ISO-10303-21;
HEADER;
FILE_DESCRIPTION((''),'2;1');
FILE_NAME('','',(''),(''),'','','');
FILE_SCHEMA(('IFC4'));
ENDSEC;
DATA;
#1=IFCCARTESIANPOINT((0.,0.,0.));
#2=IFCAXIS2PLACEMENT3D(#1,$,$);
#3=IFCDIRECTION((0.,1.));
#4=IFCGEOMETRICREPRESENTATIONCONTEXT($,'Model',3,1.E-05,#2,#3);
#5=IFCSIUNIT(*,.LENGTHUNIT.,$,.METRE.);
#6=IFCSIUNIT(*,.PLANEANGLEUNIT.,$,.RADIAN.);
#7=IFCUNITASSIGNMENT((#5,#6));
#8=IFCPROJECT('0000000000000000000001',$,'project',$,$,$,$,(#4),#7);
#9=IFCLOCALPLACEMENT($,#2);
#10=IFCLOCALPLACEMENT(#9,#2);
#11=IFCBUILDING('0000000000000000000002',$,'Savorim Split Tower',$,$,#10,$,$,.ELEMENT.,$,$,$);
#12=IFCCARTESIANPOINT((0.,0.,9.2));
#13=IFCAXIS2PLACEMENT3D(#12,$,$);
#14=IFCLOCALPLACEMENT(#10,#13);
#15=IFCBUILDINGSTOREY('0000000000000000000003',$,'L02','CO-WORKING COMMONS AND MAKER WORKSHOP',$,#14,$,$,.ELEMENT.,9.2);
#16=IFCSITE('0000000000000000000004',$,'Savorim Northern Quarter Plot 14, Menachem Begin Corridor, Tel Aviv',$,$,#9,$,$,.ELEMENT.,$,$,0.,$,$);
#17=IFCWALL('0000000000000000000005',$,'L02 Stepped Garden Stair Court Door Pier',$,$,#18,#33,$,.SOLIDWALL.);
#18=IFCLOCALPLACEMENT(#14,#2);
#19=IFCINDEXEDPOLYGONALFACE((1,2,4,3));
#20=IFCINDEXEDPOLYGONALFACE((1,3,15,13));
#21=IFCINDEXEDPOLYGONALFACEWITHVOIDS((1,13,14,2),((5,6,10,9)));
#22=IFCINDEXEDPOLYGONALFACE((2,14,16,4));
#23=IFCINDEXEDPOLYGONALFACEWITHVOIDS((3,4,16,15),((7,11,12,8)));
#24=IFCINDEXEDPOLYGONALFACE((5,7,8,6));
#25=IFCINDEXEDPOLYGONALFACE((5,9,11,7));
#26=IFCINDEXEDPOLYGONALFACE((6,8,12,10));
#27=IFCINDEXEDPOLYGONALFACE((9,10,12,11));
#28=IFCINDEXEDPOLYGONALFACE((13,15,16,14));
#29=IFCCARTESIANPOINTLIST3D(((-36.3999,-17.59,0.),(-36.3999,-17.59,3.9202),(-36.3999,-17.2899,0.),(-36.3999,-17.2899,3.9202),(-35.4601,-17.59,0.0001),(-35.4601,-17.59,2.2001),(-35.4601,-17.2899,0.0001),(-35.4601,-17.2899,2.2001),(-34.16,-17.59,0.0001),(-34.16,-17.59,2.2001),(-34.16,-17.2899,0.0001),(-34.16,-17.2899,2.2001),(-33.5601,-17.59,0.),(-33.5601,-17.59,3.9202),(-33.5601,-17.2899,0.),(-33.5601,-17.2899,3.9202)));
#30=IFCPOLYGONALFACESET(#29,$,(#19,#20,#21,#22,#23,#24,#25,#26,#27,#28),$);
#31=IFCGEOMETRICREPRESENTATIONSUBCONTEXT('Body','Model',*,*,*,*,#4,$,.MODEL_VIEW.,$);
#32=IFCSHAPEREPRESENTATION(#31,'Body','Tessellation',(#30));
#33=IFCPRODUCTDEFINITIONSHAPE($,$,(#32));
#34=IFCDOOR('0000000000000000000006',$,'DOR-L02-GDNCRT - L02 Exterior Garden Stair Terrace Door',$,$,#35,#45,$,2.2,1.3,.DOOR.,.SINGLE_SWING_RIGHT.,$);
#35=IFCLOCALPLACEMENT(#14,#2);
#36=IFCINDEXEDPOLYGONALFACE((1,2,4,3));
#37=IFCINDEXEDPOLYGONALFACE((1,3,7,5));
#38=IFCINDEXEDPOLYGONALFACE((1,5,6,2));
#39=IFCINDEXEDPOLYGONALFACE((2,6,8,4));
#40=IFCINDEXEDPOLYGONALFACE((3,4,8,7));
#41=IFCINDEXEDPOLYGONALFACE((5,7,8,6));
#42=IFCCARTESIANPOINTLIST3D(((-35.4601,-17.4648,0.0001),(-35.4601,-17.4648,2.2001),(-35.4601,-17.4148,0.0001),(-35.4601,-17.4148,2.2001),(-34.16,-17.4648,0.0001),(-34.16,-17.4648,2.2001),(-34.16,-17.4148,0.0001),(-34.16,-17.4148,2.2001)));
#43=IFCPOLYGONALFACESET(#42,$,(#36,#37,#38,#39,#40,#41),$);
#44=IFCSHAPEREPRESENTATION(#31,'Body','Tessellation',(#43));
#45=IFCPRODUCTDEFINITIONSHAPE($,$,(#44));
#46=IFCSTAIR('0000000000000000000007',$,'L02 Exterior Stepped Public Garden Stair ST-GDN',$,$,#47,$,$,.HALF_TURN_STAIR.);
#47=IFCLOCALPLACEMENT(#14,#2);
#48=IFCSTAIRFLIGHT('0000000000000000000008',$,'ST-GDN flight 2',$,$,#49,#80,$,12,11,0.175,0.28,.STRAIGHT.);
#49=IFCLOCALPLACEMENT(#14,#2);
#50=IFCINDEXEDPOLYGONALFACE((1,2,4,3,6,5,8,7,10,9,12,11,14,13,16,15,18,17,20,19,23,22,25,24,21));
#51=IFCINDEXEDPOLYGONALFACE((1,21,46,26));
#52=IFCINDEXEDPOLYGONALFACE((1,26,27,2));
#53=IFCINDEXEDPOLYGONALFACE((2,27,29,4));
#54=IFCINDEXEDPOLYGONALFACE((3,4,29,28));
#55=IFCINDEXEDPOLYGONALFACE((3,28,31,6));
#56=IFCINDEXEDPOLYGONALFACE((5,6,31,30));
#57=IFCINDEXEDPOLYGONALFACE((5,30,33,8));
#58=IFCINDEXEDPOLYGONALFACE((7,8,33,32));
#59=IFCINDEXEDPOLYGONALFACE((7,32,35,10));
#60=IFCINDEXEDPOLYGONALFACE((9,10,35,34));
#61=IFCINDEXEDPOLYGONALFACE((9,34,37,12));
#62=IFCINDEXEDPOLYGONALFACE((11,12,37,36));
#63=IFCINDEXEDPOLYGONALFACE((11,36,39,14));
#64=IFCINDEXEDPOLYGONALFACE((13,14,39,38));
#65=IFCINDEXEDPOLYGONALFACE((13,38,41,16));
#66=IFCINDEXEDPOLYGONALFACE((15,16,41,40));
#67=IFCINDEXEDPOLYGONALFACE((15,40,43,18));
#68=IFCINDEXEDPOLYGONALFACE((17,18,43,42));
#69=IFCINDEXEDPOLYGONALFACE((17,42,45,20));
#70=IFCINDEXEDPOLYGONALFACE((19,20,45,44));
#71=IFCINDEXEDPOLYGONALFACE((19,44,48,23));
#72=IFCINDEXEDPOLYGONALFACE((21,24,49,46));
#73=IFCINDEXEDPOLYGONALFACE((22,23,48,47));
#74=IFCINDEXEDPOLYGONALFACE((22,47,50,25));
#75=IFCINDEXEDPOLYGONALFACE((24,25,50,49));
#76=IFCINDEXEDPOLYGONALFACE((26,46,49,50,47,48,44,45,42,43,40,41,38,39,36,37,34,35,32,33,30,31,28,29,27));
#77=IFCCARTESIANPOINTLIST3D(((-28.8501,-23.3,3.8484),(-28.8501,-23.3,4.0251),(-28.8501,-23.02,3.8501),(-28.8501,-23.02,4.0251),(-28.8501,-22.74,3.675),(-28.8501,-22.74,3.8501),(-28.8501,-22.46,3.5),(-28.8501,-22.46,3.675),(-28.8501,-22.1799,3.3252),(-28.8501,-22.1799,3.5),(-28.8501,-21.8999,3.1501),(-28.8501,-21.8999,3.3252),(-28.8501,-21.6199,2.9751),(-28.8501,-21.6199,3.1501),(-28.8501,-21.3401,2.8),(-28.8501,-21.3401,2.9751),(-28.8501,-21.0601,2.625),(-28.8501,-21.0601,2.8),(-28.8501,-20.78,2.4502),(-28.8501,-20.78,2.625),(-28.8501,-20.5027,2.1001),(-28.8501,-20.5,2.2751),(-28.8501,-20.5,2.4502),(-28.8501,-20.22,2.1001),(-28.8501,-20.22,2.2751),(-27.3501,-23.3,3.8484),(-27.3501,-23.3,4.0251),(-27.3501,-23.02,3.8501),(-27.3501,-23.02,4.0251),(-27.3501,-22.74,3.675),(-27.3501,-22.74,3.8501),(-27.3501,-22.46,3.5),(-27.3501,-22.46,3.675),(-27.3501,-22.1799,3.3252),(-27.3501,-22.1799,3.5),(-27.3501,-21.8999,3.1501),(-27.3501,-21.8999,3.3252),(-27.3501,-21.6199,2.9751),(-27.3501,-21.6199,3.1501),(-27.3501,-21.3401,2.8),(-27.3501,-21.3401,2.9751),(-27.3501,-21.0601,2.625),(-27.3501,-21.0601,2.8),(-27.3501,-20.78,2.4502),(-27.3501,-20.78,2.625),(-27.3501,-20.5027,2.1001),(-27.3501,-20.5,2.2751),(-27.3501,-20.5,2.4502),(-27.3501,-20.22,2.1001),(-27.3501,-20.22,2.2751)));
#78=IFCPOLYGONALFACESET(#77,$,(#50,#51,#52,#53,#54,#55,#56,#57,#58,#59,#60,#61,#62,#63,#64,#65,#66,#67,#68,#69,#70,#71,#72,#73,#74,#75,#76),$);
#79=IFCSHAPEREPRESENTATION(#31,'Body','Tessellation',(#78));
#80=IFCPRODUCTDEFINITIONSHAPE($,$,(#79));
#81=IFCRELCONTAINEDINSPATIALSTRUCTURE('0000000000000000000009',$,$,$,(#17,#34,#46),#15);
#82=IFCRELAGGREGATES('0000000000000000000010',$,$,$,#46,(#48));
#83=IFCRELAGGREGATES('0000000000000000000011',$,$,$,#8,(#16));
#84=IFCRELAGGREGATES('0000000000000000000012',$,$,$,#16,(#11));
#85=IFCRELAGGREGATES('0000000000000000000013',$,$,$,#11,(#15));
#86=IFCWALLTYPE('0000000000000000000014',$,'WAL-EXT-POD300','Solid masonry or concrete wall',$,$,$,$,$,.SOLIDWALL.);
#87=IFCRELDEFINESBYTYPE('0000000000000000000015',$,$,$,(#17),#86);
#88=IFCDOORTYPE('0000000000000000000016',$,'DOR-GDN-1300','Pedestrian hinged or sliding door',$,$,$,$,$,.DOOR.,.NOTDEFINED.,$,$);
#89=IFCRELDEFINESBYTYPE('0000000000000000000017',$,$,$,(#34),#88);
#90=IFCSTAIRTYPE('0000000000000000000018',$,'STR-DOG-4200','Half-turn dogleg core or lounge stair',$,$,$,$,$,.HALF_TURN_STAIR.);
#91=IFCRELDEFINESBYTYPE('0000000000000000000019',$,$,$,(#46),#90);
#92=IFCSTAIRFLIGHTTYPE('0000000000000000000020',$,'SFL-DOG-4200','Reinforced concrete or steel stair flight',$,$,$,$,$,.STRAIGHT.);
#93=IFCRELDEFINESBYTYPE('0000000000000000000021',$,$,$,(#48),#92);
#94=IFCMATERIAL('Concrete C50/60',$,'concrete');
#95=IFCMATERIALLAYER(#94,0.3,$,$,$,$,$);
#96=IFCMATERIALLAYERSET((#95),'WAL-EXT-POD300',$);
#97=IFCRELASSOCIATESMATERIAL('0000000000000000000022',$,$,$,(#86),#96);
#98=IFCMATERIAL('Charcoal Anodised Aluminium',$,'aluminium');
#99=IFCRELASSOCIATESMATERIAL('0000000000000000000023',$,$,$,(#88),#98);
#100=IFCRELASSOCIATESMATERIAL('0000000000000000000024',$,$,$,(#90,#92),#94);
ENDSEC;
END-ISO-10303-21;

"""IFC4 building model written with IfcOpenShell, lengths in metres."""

from ifc_helpers import new_model, si_unit, direction, frame, frame_2d, origin, place, context, subcontext, project, spatial, polyline, rectangle, outline, extrude, material, layer, layer_set, type_object, element, fill, aggregate, save


model = new_model("IFC4")

# Units and contexts
model_context = context("Model", 3, precision=1e-05, world=origin(), true_north=direction((0.0, 1.0)))
body_context = subcontext(model_context, "Body", "Model", "MODEL_VIEW")
ifc_project = project(units=[si_unit("LENGTHUNIT", "METRE"), si_unit("PLANEANGLEUNIT", "RADIAN")], contexts=[model_context])

# Site, building, storey
site_placement = place(None, origin())
site = spatial("IfcSite", under=ifc_project, at=site_placement, Name="Savorim Northern Quarter Plot 14, Menachem Begin Corridor, Tel Aviv", CompositionType="ELEMENT", RefElevation=0.0)
building_placement = place(site_placement, origin())
building = spatial("IfcBuilding", under=site, at=building_placement, Name="Savorim Split Tower", CompositionType="ELEMENT")
storey_placement = place(building_placement, frame((0.0, 0.0, 9.2)))
storey = spatial("IfcBuildingStorey", under=building, at=storey_placement, Name="L02", Description="CO-WORKING COMMONS AND MAKER WORKSHOP", CompositionType="ELEMENT", Elevation=9.2)

# Shared definitions
ifc_material_1 = material(Name="Charcoal Anodised Aluminium", Category="aluminium")

# Wall, opening, door
ifc_material_2 = material(Name="Concrete C50/60", Category="concrete")
ifc_layer_1 = layer(ifc_material_2, 0.3)
ifc_layer_set_1 = layer_set([ifc_layer_1], Name="WAL-EXT-POD300")
wall_type = type_object("IfcWallType", Name="WAL-EXT-POD300", Description="Solid masonry or concrete wall", PredefinedType="SOLIDWALL", material=ifc_layer_set_1)
wall_placement = place(storey_placement, frame((-33.5601, -17.4399, 0.0), z_axis=(0.0, 0.0, 1.0), x_axis=(-1.0, 0.0, 0.0)))
wall = element("IfcWall", 1, at=wall_placement, inside=storey, type_object=wall_type, Name="L02 Stepped Garden Stair Court Door Pier", PredefinedType="SOLIDWALL", context=body_context, shape_type="SweptSolid", body=[
    extrude(rectangle(XDim=2.8398, YDim=0.3, at=frame_2d((1.4199, 0.0))), origin(), (0.0, 0.0, 1.0), 3.9202),
])
opening_placement = place(wall_placement, frame((0.6001, 0.0, 0.0)))
opening = element("IfcOpeningElement", 2, at=opening_placement, cuts=wall, PredefinedType="OPENING", context=body_context, shape_type="SweptSolid", body=[
    extrude(rectangle(XDim=1.3, YDim=2.2, at=frame_2d((0.6499, 1.1001))), frame((0.0, 0.1599, 0.0), z_axis=(0.0, -1.0, 0.0), x_axis=(1.0, 0.0, 0.0)), (0.0, 0.0, 1.0), 0.3201),
])
door_type = type_object("IfcDoorType", Name="DOR-GDN-1300", Description="Pedestrian hinged or sliding door", OperationType="NOTDEFINED", PredefinedType="DOOR", material=ifc_material_1)
door_placement = place(opening_placement, origin())
door = element("IfcDoor", 3, at=door_placement, inside=storey, type_object=door_type, Name="DOR-L02-GDNCRT - L02 Exterior Garden Stair Terrace Door", OperationType="SINGLE_SWING_RIGHT", OverallHeight=2.2, OverallWidth=1.3, PredefinedType="DOOR", context=body_context, shape_type="SweptSolid", body=[
    extrude(rectangle(XDim=1.3, YDim=2.2, at=frame_2d((0.6499, 1.1001))), frame((0.0, 0.0249, 0.0), z_axis=(0.0, -1.0, 0.0), x_axis=(1.0, 0.0, 0.0)), (0.0, 0.0, 1.0), 0.05),
])
fill(opening, door)

# Stair, stair flight
stair_type = type_object("IfcStairType", Name="STR-DOG-4200", Description="Half-turn dogleg core or lounge stair", PredefinedType="HALF_TURN_STAIR", material=ifc_material_2)
stair_placement = place(storey_placement, origin())
stair = element("IfcStair", 4, at=stair_placement, inside=storey, type_object=stair_type, Name="L02 Exterior Stepped Public Garden Stair ST-GDN", PredefinedType="HALF_TURN_STAIR")
stair_flight_type = type_object("IfcStairFlightType", Name="SFL-DOG-4200", Description="Reinforced concrete or steel stair flight", PredefinedType="STRAIGHT", material=ifc_material_2)
stair_flight_placement = place(storey_placement, frame((-28.1001, -20.22, 2.1001), z_axis=(0.0, 0.0, 1.0), x_axis=(0.0, -1.0, 0.0)))
stair_flight = element("IfcStairFlight", 5, at=stair_flight_placement, type_object=stair_flight_type, Name="ST-GDN flight 2", NumberOfRisers=12, NumberOfTreads=11, PredefinedType="STRAIGHT", RiserHeight=0.175, TreadLength=0.28, context=body_context, shape_type="SweptSolid", body=[
    extrude(outline(polyline([(0.0, 0.0), (0.0, 0.175), (0.28, 0.175), (0.28, 0.3501), (0.5601, 0.3501), (0.5601, 0.5249), (0.8401, 0.5249), (0.8401, 0.7), (1.1201, 0.7), (1.1201, 0.875), (1.3999, 0.875), (1.3999, 1.05), (1.6799, 1.05), (1.6799, 1.2251), (1.96, 1.2251), (1.96, 1.3999), (2.24, 1.3999), (2.24, 1.575), (2.52, 1.575), (2.52, 1.75), (2.8, 1.75), (2.8, 1.925), (3.0801, 1.925), (3.0801, 2.1001), (3.0801, 1.7483), (0.2827, 0.0), (0.0, 0.0)])), frame((0.0, 0.75, 0.0), z_axis=(0.0, -1.0, 0.0), x_axis=(1.0, 0.0, 0.0)), (0.0, 0.0, 1.0), 1.5),
])
aggregate(stair, [stair_flight])

save(model, "model.ifc")
